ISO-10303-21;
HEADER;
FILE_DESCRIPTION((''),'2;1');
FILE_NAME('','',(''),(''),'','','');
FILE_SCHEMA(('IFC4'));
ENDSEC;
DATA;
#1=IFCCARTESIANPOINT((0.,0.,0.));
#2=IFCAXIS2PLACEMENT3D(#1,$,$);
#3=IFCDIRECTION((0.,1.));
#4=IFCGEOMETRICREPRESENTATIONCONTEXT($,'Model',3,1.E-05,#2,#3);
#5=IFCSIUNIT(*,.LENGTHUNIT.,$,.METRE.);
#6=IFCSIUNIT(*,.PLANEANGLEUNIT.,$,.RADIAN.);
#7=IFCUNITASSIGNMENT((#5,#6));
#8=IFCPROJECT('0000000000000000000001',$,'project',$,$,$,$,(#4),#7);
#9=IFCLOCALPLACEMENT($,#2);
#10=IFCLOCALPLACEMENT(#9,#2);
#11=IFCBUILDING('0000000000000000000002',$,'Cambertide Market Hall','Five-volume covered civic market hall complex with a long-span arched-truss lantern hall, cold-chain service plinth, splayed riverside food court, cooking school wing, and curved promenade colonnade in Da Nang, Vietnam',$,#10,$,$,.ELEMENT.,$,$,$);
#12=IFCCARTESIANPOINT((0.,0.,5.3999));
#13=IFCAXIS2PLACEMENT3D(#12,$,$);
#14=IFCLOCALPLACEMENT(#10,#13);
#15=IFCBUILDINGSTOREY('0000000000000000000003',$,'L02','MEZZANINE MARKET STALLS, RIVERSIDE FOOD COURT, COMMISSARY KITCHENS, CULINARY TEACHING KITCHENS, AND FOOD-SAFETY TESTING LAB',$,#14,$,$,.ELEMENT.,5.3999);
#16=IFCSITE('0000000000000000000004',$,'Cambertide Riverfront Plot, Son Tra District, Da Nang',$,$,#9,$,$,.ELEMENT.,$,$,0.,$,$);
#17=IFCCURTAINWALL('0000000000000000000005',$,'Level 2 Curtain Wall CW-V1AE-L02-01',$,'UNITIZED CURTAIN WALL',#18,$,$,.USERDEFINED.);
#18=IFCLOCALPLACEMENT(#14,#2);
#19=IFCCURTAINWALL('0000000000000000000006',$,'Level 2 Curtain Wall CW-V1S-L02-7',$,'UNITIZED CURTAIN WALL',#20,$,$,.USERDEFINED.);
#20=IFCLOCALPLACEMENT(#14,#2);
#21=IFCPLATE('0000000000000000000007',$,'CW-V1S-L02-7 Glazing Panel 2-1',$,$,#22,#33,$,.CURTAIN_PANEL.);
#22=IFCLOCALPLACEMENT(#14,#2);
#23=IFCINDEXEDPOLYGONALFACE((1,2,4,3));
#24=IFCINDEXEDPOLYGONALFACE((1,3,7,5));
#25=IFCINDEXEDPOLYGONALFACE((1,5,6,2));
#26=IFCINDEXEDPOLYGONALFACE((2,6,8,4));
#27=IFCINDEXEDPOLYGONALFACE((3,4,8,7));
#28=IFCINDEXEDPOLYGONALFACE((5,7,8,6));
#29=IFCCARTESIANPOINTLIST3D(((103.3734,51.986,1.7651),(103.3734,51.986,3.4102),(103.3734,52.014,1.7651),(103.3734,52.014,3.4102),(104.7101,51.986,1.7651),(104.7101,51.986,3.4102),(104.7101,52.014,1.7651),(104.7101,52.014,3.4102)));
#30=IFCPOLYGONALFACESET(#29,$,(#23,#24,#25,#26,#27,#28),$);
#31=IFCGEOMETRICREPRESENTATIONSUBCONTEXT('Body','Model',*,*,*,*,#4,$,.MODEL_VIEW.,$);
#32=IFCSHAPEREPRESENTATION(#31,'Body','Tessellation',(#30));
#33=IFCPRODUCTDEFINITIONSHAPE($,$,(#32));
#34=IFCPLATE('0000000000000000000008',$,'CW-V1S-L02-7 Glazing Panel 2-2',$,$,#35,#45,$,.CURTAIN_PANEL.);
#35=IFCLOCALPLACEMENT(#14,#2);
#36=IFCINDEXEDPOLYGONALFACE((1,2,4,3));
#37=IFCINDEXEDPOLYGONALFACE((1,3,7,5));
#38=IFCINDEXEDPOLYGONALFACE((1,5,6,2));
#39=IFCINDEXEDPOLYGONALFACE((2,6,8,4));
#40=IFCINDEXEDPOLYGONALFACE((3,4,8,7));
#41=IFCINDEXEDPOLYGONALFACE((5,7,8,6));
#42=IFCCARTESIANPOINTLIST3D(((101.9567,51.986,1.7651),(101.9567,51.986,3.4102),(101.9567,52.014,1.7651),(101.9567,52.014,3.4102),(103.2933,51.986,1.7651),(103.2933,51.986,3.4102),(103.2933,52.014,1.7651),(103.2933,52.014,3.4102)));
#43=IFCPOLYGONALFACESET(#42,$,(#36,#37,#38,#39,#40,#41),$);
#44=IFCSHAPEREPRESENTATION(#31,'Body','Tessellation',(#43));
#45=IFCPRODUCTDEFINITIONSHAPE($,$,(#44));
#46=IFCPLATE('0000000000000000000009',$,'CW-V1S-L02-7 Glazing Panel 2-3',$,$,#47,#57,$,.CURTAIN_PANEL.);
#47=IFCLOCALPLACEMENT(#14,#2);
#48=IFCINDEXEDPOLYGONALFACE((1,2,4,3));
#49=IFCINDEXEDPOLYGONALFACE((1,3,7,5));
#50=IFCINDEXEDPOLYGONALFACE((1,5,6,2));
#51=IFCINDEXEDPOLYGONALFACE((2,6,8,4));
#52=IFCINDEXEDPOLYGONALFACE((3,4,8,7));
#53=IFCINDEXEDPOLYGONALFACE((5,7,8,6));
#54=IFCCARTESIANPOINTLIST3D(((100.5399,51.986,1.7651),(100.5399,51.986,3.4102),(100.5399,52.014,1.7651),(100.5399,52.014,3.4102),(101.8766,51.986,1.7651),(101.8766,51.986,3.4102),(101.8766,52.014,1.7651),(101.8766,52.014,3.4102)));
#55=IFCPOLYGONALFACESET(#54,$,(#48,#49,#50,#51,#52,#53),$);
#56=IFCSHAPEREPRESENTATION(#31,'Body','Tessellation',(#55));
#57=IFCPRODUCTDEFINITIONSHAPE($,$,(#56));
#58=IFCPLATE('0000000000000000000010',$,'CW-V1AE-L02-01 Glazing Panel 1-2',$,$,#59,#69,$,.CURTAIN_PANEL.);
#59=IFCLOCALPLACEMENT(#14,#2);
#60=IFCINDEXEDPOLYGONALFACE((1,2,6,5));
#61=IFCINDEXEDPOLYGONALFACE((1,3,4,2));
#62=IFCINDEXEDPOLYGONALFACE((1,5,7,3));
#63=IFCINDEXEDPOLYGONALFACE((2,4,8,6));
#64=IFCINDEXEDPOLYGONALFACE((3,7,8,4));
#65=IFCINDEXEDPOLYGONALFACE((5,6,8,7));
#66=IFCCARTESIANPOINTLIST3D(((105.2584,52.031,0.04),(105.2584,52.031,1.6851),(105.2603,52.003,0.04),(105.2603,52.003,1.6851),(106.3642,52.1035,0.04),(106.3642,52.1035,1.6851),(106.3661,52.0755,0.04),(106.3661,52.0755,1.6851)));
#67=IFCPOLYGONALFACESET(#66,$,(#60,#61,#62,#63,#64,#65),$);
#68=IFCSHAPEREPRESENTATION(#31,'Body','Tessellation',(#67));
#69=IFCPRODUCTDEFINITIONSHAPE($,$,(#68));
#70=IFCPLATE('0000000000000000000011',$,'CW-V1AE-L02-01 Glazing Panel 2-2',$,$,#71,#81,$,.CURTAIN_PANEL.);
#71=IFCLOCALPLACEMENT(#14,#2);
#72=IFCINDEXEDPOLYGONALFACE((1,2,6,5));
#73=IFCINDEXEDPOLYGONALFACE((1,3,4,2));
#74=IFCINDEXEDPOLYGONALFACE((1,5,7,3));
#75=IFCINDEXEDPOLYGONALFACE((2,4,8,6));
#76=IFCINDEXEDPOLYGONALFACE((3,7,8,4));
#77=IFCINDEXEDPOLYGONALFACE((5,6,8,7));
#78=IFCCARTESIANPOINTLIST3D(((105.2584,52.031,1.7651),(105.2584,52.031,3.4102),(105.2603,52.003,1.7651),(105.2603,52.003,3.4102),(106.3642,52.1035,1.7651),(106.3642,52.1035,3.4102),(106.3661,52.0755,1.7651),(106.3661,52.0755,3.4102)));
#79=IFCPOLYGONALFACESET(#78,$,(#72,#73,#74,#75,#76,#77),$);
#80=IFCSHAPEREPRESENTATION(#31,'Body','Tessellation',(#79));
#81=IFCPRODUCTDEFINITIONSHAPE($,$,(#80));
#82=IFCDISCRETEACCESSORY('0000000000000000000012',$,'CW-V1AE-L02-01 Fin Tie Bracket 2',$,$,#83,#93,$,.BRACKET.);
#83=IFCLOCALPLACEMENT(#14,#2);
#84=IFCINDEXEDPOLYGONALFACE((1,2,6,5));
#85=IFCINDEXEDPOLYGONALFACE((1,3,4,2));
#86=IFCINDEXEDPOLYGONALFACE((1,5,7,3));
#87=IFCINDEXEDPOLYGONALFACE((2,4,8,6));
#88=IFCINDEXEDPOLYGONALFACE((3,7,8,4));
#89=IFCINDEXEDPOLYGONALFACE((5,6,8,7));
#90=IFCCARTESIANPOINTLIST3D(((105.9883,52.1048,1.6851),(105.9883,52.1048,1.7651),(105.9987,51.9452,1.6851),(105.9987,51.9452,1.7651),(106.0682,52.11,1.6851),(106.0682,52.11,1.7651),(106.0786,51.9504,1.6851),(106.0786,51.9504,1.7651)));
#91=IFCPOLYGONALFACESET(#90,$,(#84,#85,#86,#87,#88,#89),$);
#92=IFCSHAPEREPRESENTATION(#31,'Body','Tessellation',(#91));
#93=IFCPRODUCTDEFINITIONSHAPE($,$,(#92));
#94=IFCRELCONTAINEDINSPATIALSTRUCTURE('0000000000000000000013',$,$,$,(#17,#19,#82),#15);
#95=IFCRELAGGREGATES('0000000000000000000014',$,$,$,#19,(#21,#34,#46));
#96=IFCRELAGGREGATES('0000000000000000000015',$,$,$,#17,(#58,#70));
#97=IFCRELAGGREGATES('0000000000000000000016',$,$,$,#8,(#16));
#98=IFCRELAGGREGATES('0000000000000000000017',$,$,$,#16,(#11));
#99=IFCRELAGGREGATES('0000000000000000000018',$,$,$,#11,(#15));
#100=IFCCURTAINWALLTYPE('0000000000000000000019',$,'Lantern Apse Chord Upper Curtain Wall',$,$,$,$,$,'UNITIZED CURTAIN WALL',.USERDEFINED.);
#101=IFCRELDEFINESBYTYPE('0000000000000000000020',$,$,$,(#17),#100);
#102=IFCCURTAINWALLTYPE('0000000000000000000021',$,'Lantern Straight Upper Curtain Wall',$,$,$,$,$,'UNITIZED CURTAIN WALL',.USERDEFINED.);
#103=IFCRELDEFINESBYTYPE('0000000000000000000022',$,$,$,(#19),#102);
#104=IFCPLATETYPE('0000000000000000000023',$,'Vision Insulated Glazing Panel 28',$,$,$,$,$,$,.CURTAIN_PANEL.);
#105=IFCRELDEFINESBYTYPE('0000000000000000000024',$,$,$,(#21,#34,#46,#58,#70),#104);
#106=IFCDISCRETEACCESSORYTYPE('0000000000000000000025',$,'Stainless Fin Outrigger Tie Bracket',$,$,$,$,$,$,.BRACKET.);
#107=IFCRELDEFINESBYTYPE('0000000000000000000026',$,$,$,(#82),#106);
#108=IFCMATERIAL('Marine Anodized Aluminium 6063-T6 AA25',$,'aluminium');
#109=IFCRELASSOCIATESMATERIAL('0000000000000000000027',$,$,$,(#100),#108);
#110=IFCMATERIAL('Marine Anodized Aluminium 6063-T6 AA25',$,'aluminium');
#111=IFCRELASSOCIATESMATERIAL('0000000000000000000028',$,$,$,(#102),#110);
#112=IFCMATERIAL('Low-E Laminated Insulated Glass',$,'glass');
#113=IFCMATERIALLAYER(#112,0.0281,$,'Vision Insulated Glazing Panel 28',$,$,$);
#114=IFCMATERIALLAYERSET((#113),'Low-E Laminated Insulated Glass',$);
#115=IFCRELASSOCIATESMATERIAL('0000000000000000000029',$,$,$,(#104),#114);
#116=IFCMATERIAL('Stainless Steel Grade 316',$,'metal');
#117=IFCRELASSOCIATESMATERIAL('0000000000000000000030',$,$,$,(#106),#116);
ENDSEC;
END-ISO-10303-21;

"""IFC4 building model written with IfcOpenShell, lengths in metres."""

from ifc_helpers import new_model, si_unit, direction, frame, origin, origin_2d, place, context, subcontext, project, spatial, rectangle, extrude, material, layer, layer_set, type_object, element, aggregate, save


model = new_model("IFC4")

# Units and contexts
model_context = context("Model", 3, precision=1e-05, world=origin(), true_north=direction((0.0, 1.0)))
body_context = subcontext(model_context, "Body", "Model", "MODEL_VIEW")
ifc_project = project(units=[si_unit("LENGTHUNIT", "METRE"), si_unit("PLANEANGLEUNIT", "RADIAN")], contexts=[model_context])

# Site, building, storey
site_placement = place(None, origin())
site = spatial("IfcSite", under=ifc_project, at=site_placement, Name="Cambertide Riverfront Plot, Son Tra District, Da Nang", CompositionType="ELEMENT", RefElevation=0.0)
building_placement = place(site_placement, origin())
building = spatial("IfcBuilding", under=site, at=building_placement, Name="Cambertide Market Hall", Description="Five-volume covered civic market hall complex with a long-span arched-truss lantern hall, cold-chain service plinth, splayed riverside food court, cooking school wing, and curved promenade colonnade in Da Nang, Vietnam", CompositionType="ELEMENT")
storey_placement = place(building_placement, frame((0.0, 0.0, 5.3999)))
storey = spatial("IfcBuildingStorey", under=building, at=storey_placement, Name="L02", Description="MEZZANINE MARKET STALLS, RIVERSIDE FOOD COURT, COMMISSARY KITCHENS, CULINARY TEACHING KITCHENS, AND FOOD-SAFETY TESTING LAB", CompositionType="ELEMENT", Elevation=5.3999)

# Curtain wall
ifc_material_1 = material(Name="Marine Anodized Aluminium 6063-T6 AA25", Category="aluminium")
curtain_wall_type_1 = type_object("IfcCurtainWallType", Name="Lantern Apse Chord Upper Curtain Wall", ElementType="UNITIZED CURTAIN WALL", PredefinedType="USERDEFINED", material=ifc_material_1)
curtain_wall_1_placement = place(storey_placement, origin())
curtain_wall_1 = element("IfcCurtainWall", 1, at=curtain_wall_1_placement, inside=storey, type_object=curtain_wall_type_1, Name="Level 2 Curtain Wall CW-V1AE-L02-01", ObjectType="UNITIZED CURTAIN WALL", PredefinedType="USERDEFINED")

# Curtain wall
ifc_material_2 = material(Name="Marine Anodized Aluminium 6063-T6 AA25", Category="aluminium")
curtain_wall_type_2 = type_object("IfcCurtainWallType", Name="Lantern Straight Upper Curtain Wall", ElementType="UNITIZED CURTAIN WALL", PredefinedType="USERDEFINED", material=ifc_material_2)
curtain_wall_2_placement = place(storey_placement, origin())
curtain_wall_2 = element("IfcCurtainWall", 2, at=curtain_wall_2_placement, inside=storey, type_object=curtain_wall_type_2, Name="Level 2 Curtain Wall CW-V1S-L02-7", ObjectType="UNITIZED CURTAIN WALL", PredefinedType="USERDEFINED")

# Plates
ifc_material_3 = material(Name="Low-E Laminated Insulated Glass", Category="glass")
ifc_layer = layer(ifc_material_3, 0.0281, Name="Vision Insulated Glazing Panel 28")
ifc_layer_set = layer_set([ifc_layer], Name="Low-E Laminated Insulated Glass")
plate_type = type_object("IfcPlateType", Name="Vision Insulated Glazing Panel 28", PredefinedType="CURTAIN_PANEL", material=ifc_layer_set)
plate_1_placement = place(storey_placement, frame((104.0417, 52.0, 1.7651), z_axis=(0.0, 0.0, 1.0), x_axis=(-1.0, 0.0, 0.0)))
plate_1 = element("IfcPlate", 3, at=plate_1_placement, type_object=plate_type, Name="CW-V1S-L02-7 Glazing Panel 2-1", PredefinedType="CURTAIN_PANEL", context=body_context, shape_type="SweptSolid", body=[
    extrude(rectangle(XDim=1.3367, YDim=0.0281, at=origin_2d()), origin(), (0.0, 0.0, 1.0), 1.645),
])
plate_2_placement = place(storey_placement, frame((102.625, 52.0, 1.7651), z_axis=(0.0, 0.0, 1.0), x_axis=(-1.0, 0.0, 0.0)))
plate_2 = element("IfcPlate", 4, at=plate_2_placement, type_object=plate_type, Name="CW-V1S-L02-7 Glazing Panel 2-2", PredefinedType="CURTAIN_PANEL", context=body_context, shape_type="SweptSolid", body=[
    extrude(rectangle(XDim=1.3367, YDim=0.0281, at=origin_2d()), origin(), (0.0, 0.0, 1.0), 1.645),
])
plate_3_placement = place(storey_placement, frame((101.2083, 52.0, 1.7651), z_axis=(0.0, 0.0, 1.0), x_axis=(-1.0, 0.0, 0.0)))
plate_3 = element("IfcPlate", 5, at=plate_3_placement, type_object=plate_type, Name="CW-V1S-L02-7 Glazing Panel 2-3", PredefinedType="CURTAIN_PANEL", context=body_context, shape_type="SweptSolid", body=[
    extrude(rectangle(XDim=1.3367, YDim=0.0281, at=origin_2d()), origin(), (0.0, 0.0, 1.0), 1.645),
])
aggregate(curtain_wall_2, [plate_1, plate_2, plate_3])
plate_4_placement = place(storey_placement, frame((105.8123, 52.0532, 0.04), z_axis=(0.0, 0.0, 1.0), x_axis=(-0.997859, -0.065403, 0.0)))
plate_4 = element("IfcPlate", 6, at=plate_4_placement, type_object=plate_type, Name="CW-V1AE-L02-01 Glazing Panel 1-2", PredefinedType="CURTAIN_PANEL", context=body_context, shape_type="SweptSolid", body=[
    extrude(rectangle(XDim=1.1082, YDim=0.0281, at=origin_2d()), origin(), (0.0, 0.0, 1.0), 1.645),
])
plate_5_placement = place(storey_placement, frame((105.8123, 52.0532, 1.7651), z_axis=(0.0, 0.0, 1.0), x_axis=(-0.997859, -0.065403, 0.0)))
plate_5 = element("IfcPlate", 7, at=plate_5_placement, type_object=plate_type, Name="CW-V1AE-L02-01 Glazing Panel 2-2", PredefinedType="CURTAIN_PANEL", context=body_context, shape_type="SweptSolid", body=[
    extrude(rectangle(XDim=1.1082, YDim=0.0281, at=origin_2d()), origin(), (0.0, 0.0, 1.0), 1.645),
])
aggregate(curtain_wall_1, [plate_4, plate_5])

# Discrete accessory
ifc_material_4 = material(Name="Stainless Steel Grade 316", Category="metal")
discrete_accessory_type = type_object("IfcDiscreteAccessoryType", Name="Stainless Fin Outrigger Tie Bracket", PredefinedType="BRACKET", material=ifc_material_4)
discrete_accessory_placement = place(storey_placement, frame((106.0334, 52.0276, 1.6851), z_axis=(0.0, 0.0, 1.0), x_axis=(-0.997859, -0.065403, 0.0)))
element("IfcDiscreteAccessory", 8, at=discrete_accessory_placement, inside=storey, type_object=discrete_accessory_type, Name="CW-V1AE-L02-01 Fin Tie Bracket 2", PredefinedType="BRACKET", context=body_context, shape_type="SweptSolid", body=[
    extrude(rectangle(XDim=0.0801, YDim=0.1599, at=origin_2d()), origin(), (0.0, 0.0, 1.0), 0.0801),
])

save(model, "model.ifc")
